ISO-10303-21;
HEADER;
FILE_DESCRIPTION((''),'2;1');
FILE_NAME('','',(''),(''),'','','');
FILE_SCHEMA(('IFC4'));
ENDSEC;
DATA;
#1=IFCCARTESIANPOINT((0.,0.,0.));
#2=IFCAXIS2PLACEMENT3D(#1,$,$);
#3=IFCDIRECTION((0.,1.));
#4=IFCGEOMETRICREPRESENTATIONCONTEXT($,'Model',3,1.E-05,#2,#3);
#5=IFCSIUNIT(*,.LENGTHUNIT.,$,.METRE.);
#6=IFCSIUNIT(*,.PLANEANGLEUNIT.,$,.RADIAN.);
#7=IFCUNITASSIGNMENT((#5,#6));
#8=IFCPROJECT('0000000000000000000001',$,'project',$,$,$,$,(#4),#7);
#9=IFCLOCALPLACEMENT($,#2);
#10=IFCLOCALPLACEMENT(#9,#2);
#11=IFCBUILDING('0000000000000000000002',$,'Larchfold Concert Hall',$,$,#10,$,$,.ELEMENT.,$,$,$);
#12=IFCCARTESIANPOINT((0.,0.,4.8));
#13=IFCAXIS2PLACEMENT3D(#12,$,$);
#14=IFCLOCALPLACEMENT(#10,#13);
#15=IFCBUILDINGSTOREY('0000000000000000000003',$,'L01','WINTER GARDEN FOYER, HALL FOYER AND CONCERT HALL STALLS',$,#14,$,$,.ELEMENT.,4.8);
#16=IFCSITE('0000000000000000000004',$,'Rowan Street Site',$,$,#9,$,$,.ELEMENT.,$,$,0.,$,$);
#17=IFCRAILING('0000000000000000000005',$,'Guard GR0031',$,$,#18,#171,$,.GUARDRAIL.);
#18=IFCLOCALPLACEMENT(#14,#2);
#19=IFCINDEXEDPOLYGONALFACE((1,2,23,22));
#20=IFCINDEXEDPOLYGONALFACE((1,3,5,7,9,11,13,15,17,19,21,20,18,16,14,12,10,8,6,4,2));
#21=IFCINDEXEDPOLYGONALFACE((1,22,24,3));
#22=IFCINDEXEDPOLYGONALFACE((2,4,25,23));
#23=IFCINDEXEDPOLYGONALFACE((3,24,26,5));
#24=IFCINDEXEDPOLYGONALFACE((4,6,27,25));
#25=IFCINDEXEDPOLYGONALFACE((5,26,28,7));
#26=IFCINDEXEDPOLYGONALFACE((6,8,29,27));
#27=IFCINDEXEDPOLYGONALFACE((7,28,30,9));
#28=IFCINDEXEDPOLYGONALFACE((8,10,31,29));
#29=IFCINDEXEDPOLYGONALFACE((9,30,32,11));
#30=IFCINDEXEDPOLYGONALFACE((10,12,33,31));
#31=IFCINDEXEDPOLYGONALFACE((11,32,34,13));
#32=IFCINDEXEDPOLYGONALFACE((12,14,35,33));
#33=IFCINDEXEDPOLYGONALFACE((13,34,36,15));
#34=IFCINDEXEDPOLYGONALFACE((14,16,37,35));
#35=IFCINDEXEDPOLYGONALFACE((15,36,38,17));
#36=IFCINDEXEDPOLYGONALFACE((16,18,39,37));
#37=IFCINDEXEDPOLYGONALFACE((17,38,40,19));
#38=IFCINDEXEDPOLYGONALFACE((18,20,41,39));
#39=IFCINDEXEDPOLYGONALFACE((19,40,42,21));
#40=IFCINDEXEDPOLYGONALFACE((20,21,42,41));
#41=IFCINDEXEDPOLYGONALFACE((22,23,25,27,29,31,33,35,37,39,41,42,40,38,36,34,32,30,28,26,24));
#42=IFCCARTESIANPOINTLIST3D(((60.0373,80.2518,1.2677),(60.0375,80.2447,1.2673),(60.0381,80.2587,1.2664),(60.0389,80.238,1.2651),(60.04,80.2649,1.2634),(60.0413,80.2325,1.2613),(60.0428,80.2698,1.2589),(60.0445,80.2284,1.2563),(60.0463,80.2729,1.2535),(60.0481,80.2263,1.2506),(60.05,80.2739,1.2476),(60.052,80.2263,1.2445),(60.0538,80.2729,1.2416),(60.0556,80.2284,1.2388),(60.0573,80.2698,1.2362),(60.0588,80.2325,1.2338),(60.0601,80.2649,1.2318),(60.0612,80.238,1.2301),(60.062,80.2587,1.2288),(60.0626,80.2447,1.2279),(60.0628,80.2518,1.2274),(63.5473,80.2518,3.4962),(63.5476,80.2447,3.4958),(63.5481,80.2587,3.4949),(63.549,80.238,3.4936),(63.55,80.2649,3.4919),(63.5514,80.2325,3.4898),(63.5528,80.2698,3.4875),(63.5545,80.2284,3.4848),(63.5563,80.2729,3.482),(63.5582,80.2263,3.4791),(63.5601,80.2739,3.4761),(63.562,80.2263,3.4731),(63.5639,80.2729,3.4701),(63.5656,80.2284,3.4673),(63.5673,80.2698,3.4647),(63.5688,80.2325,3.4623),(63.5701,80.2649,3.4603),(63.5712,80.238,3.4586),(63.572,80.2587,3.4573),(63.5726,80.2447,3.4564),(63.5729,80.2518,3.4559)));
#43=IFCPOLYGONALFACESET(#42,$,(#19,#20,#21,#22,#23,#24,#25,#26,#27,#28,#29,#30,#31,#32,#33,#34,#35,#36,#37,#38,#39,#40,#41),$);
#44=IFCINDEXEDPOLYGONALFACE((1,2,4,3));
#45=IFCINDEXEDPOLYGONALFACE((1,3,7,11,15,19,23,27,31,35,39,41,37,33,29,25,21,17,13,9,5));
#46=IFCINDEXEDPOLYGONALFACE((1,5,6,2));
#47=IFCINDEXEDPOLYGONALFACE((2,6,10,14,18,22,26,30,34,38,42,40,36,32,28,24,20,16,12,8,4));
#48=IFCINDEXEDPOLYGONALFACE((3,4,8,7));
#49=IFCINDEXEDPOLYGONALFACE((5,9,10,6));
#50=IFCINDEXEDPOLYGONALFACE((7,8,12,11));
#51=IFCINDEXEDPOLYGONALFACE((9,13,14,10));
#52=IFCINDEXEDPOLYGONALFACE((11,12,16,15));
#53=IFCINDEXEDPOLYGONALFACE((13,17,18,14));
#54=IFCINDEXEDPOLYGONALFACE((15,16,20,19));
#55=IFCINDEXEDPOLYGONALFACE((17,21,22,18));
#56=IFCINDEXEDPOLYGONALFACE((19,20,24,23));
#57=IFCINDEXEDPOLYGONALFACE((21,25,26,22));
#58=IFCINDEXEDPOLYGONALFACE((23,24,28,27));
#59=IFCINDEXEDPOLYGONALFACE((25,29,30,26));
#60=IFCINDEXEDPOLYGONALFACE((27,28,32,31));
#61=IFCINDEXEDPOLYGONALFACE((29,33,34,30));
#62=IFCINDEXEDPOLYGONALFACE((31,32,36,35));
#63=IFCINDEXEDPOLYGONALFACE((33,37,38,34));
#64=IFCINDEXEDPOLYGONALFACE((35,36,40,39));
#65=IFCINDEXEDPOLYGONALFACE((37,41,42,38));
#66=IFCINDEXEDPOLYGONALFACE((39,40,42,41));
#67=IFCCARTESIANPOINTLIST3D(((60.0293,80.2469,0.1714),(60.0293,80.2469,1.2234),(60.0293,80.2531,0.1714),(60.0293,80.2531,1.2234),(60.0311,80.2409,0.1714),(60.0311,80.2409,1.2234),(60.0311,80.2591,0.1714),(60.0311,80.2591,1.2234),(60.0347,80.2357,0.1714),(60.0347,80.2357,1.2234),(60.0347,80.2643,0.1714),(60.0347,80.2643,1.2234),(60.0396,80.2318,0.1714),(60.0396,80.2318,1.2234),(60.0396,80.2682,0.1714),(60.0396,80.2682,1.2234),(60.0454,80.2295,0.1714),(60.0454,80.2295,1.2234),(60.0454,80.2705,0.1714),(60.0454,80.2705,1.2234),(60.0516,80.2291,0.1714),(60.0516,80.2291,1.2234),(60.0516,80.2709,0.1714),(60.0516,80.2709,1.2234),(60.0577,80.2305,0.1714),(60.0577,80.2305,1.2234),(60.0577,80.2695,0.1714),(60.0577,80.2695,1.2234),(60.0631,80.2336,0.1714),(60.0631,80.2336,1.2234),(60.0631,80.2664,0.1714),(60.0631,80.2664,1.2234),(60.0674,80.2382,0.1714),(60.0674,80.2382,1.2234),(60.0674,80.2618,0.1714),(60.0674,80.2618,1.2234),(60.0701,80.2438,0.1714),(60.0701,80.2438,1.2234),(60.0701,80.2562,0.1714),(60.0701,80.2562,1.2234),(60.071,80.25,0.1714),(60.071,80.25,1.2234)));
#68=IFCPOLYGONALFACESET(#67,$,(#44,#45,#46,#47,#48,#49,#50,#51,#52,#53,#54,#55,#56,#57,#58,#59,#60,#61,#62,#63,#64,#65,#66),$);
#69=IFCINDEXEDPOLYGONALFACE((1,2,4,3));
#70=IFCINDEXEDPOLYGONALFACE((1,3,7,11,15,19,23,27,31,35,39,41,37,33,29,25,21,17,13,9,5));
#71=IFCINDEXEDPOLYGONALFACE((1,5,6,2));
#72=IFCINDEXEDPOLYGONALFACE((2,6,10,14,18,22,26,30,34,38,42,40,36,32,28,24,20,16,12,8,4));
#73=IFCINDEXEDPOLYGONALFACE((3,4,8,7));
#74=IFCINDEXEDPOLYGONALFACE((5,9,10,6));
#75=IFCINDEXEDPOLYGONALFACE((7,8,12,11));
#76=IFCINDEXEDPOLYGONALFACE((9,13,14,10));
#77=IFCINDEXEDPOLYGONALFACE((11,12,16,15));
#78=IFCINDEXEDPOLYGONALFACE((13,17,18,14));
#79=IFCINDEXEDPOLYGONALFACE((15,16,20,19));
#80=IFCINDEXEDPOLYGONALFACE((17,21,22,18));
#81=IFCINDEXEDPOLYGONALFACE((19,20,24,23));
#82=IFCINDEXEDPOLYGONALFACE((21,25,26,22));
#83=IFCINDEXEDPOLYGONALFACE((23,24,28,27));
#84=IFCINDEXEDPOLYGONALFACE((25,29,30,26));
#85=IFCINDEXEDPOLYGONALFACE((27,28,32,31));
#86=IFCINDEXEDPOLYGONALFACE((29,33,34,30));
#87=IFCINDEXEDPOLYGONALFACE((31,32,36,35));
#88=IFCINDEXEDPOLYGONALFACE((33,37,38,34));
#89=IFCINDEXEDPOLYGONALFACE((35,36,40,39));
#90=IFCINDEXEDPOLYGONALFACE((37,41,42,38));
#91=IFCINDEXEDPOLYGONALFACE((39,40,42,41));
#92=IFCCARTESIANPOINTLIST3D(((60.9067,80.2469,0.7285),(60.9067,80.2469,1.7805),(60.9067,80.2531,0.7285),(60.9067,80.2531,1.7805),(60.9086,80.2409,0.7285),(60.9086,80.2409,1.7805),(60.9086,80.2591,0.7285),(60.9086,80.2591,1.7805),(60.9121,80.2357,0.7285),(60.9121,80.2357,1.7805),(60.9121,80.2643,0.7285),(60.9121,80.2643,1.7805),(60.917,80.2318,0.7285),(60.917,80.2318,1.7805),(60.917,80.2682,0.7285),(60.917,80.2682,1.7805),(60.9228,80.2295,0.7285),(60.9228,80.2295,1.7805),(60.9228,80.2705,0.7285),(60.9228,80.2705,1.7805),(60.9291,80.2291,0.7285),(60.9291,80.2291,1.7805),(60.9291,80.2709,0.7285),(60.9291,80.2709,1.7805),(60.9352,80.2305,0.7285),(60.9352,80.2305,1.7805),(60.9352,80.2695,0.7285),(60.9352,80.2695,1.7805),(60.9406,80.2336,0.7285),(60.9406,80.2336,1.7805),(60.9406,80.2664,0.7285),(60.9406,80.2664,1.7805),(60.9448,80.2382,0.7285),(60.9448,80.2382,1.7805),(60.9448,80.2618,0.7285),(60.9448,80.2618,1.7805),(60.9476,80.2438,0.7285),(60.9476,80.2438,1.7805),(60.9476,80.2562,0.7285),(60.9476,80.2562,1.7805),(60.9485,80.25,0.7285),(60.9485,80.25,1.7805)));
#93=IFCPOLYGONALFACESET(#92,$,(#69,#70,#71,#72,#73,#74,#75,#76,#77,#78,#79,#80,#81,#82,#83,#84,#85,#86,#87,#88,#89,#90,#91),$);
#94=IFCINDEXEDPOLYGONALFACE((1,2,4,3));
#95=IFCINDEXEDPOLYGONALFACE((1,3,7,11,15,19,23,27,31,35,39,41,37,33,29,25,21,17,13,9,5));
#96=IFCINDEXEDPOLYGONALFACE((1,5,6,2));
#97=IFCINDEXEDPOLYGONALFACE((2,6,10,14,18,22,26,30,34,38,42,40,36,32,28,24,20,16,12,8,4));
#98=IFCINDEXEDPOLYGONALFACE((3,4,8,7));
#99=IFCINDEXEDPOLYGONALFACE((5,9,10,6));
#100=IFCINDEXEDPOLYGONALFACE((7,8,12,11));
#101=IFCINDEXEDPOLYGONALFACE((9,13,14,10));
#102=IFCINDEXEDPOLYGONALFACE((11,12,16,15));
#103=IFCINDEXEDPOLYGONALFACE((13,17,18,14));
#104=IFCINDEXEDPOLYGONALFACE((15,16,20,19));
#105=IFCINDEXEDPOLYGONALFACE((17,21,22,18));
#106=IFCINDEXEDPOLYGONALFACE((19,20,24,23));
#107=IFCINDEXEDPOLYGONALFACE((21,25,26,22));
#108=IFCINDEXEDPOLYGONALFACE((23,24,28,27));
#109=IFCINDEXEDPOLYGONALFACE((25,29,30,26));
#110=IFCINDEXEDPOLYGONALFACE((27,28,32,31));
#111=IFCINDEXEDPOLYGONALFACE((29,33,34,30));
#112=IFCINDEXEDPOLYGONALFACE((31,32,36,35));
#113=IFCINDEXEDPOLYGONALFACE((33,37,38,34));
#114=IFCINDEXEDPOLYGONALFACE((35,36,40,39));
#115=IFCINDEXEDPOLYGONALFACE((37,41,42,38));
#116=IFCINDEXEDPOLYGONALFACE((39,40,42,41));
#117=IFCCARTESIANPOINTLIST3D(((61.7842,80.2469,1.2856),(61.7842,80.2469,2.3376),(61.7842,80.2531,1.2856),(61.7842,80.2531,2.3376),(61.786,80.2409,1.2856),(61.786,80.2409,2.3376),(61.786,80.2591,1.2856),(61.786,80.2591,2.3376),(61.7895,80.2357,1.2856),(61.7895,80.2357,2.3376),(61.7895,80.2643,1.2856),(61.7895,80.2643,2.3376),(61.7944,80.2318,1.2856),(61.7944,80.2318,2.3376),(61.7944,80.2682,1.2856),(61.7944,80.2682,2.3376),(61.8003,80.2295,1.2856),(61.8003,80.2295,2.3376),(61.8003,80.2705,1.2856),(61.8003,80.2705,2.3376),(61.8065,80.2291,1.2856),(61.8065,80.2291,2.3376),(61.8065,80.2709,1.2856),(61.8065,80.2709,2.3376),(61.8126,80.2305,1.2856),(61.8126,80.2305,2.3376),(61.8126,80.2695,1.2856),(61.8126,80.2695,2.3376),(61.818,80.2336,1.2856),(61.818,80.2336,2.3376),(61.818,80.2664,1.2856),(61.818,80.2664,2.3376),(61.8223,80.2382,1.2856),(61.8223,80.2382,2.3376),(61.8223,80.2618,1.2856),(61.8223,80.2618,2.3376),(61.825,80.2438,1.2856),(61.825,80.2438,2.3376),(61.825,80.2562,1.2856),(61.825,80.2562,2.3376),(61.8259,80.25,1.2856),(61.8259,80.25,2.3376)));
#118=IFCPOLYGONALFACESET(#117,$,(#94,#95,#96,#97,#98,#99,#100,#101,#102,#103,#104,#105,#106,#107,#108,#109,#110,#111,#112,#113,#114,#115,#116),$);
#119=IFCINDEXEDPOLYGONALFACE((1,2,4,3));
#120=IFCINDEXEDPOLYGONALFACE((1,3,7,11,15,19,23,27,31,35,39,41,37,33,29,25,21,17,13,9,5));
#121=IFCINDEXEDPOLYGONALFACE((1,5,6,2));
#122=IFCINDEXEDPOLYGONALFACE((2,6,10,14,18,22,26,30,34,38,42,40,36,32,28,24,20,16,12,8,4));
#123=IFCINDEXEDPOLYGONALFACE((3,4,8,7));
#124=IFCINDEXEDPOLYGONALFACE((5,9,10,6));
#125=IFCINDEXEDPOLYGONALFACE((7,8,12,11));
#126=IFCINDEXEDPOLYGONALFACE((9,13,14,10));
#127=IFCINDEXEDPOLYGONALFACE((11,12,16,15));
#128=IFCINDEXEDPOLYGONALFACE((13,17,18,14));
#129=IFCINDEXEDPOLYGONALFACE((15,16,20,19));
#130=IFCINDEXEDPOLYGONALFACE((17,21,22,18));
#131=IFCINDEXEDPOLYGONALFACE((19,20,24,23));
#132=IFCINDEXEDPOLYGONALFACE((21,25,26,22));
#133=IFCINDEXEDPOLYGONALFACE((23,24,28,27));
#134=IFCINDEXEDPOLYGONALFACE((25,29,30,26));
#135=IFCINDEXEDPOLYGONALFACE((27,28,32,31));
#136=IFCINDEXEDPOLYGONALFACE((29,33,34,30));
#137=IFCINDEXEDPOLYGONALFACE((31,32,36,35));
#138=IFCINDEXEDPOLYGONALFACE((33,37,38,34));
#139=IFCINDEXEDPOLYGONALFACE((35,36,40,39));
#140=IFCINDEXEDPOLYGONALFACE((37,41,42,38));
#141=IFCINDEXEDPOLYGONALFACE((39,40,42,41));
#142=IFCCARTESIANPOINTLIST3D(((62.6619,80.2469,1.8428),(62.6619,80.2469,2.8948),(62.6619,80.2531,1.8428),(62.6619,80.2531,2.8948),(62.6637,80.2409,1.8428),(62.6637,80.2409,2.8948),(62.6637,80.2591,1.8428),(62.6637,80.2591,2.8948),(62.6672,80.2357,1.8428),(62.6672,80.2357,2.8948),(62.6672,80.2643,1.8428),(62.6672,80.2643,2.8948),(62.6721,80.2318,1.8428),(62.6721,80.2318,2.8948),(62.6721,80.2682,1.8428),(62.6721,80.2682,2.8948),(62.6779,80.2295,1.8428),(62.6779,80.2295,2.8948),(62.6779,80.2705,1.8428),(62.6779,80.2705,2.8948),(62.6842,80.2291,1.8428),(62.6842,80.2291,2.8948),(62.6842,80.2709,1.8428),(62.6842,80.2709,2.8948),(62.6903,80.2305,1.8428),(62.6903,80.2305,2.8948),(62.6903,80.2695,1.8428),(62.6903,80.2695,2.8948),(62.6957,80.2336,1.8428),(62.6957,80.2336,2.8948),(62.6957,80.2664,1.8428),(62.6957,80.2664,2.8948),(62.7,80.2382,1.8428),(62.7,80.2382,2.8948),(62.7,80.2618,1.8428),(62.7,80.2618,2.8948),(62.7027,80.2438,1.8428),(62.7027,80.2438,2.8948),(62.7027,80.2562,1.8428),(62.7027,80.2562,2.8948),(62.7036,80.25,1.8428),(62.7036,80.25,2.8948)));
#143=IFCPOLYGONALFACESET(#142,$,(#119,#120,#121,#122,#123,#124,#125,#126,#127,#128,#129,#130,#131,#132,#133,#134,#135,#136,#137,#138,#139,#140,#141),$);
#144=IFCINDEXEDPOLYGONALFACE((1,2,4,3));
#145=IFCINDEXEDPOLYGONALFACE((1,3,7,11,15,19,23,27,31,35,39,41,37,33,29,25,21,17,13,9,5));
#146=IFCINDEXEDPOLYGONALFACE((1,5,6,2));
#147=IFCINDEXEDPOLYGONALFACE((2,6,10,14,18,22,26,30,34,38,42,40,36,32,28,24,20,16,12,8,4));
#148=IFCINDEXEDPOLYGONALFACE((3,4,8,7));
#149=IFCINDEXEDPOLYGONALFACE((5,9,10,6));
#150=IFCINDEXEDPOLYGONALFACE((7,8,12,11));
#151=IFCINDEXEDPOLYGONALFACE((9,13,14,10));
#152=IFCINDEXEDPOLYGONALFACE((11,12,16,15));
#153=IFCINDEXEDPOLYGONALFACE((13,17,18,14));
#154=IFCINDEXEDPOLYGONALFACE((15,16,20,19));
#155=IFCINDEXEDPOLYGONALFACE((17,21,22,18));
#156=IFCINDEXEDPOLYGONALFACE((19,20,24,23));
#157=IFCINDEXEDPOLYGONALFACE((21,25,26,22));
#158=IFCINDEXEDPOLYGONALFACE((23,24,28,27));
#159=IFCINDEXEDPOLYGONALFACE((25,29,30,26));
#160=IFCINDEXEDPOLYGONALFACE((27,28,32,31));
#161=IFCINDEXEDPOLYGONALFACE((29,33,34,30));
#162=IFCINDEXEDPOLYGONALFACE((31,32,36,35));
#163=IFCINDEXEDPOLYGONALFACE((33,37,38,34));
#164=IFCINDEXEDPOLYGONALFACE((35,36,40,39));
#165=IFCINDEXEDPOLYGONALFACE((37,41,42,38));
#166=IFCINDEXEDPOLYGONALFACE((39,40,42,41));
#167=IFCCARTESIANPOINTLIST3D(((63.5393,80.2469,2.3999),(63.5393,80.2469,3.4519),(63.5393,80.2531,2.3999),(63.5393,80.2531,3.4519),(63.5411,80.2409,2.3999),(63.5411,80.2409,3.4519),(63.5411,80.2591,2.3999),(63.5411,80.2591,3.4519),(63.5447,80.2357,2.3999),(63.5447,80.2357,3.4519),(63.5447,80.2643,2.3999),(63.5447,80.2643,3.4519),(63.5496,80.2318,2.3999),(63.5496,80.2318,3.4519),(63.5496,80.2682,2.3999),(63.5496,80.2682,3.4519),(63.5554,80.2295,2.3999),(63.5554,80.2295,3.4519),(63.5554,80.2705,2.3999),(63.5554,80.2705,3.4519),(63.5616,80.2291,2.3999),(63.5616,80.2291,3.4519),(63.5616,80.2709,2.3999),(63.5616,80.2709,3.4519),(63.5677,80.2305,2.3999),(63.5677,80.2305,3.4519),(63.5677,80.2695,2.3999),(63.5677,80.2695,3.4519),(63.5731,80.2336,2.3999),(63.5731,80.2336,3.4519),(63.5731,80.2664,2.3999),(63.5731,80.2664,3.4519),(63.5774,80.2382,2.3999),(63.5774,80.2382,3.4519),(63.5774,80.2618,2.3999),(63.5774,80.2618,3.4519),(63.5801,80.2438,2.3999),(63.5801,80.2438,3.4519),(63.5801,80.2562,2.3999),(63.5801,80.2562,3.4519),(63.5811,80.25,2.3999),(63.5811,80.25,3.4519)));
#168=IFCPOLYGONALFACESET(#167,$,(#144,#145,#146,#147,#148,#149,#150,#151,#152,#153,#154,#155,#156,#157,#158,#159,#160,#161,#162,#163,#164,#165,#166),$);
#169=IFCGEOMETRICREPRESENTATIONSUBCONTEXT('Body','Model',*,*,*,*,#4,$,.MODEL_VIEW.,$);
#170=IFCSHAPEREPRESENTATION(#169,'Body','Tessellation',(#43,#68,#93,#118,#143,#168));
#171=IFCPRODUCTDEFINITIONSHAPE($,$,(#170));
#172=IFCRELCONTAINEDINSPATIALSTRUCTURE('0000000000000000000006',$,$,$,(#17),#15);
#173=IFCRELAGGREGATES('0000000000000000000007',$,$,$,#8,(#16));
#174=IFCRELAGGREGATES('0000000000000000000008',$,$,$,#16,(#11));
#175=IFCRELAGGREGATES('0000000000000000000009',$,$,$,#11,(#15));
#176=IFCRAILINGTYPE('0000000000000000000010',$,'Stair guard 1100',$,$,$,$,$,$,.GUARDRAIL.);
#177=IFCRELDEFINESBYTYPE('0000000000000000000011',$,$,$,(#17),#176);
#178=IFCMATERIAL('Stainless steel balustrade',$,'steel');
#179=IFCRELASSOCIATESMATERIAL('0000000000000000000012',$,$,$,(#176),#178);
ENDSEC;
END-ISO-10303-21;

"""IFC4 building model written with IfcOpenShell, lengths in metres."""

from ifc_helpers import new_model, si_unit, direction, frame, origin, origin_2d, place, context, subcontext, project, spatial, circle, extrude, material, type_object, element, save


model = new_model("IFC4")

# Units and contexts
model_context = context("Model", 3, precision=1e-05, world=origin(), true_north=direction((0.0, 1.0)))
body_context = subcontext(model_context, "Body", "Model", "MODEL_VIEW")
ifc_project = project(units=[si_unit("LENGTHUNIT", "METRE"), si_unit("PLANEANGLEUNIT", "RADIAN")], contexts=[model_context])

# Site, building, storey
site_placement = place(None, origin())
site = spatial("IfcSite", under=ifc_project, at=site_placement, Name="Rowan Street Site", CompositionType="ELEMENT", RefElevation=0.0)
building_placement = place(site_placement, origin())
building = spatial("IfcBuilding", under=site, at=building_placement, Name="Larchfold Concert Hall", CompositionType="ELEMENT")
storey_placement = place(building_placement, frame((0.0, 0.0, 4.8)))
storey = spatial("IfcBuildingStorey", under=building, at=storey_placement, Name="L01", Description="WINTER GARDEN FOYER, HALL FOYER AND CONCERT HALL STALLS", CompositionType="ELEMENT", Elevation=4.8)

# Railing
ifc_material_1 = material(Name="Stainless steel balustrade", Category="steel")
railing_type_1 = type_object("IfcRailingType", Name="Stair guard 1100", PredefinedType="GUARDRAIL", material=ifc_material_1)
railing_1_placement = place(storey_placement, frame((60.05, 80.25, 0.1714)))
element("IfcRailing", 1, at=railing_1_placement, inside=storey, type_object=railing_type_1, Name="Guard GR0031", PredefinedType="GUARDRAIL", context=body_context, shape_type="SweptSolid", body=[
    extrude(circle(Radius=0.0239, at=origin_2d()), frame((0.0, 0.0, 1.0762), z_axis=(0.84422, 0.0, 0.535998), x_axis=(0.0, 1.0, 0.0)), (0.0, 0.0, 1.0), 4.1577),
    extrude(circle(Radius=0.021, at=origin_2d()), origin(), (0.0, 0.0, 1.0), 1.052),
    extrude(circle(Radius=0.021, at=origin_2d()), frame((0.8774, 0.0, 0.5571)), (0.0, 0.0, 1.0), 1.052),
    extrude(circle(Radius=0.021, at=origin_2d()), frame((1.7549, 0.0, 1.1143)), (0.0, 0.0, 1.0), 1.052),
    extrude(circle(Radius=0.021, at=origin_2d()), frame((2.6326, 0.0, 1.6714)), (0.0, 0.0, 1.0), 1.052),
    extrude(circle(Radius=0.021, at=origin_2d()), frame((3.51, 0.0, 2.2285)), (0.0, 0.0, 1.0), 1.052),
])

save(model, "model.ifc")
